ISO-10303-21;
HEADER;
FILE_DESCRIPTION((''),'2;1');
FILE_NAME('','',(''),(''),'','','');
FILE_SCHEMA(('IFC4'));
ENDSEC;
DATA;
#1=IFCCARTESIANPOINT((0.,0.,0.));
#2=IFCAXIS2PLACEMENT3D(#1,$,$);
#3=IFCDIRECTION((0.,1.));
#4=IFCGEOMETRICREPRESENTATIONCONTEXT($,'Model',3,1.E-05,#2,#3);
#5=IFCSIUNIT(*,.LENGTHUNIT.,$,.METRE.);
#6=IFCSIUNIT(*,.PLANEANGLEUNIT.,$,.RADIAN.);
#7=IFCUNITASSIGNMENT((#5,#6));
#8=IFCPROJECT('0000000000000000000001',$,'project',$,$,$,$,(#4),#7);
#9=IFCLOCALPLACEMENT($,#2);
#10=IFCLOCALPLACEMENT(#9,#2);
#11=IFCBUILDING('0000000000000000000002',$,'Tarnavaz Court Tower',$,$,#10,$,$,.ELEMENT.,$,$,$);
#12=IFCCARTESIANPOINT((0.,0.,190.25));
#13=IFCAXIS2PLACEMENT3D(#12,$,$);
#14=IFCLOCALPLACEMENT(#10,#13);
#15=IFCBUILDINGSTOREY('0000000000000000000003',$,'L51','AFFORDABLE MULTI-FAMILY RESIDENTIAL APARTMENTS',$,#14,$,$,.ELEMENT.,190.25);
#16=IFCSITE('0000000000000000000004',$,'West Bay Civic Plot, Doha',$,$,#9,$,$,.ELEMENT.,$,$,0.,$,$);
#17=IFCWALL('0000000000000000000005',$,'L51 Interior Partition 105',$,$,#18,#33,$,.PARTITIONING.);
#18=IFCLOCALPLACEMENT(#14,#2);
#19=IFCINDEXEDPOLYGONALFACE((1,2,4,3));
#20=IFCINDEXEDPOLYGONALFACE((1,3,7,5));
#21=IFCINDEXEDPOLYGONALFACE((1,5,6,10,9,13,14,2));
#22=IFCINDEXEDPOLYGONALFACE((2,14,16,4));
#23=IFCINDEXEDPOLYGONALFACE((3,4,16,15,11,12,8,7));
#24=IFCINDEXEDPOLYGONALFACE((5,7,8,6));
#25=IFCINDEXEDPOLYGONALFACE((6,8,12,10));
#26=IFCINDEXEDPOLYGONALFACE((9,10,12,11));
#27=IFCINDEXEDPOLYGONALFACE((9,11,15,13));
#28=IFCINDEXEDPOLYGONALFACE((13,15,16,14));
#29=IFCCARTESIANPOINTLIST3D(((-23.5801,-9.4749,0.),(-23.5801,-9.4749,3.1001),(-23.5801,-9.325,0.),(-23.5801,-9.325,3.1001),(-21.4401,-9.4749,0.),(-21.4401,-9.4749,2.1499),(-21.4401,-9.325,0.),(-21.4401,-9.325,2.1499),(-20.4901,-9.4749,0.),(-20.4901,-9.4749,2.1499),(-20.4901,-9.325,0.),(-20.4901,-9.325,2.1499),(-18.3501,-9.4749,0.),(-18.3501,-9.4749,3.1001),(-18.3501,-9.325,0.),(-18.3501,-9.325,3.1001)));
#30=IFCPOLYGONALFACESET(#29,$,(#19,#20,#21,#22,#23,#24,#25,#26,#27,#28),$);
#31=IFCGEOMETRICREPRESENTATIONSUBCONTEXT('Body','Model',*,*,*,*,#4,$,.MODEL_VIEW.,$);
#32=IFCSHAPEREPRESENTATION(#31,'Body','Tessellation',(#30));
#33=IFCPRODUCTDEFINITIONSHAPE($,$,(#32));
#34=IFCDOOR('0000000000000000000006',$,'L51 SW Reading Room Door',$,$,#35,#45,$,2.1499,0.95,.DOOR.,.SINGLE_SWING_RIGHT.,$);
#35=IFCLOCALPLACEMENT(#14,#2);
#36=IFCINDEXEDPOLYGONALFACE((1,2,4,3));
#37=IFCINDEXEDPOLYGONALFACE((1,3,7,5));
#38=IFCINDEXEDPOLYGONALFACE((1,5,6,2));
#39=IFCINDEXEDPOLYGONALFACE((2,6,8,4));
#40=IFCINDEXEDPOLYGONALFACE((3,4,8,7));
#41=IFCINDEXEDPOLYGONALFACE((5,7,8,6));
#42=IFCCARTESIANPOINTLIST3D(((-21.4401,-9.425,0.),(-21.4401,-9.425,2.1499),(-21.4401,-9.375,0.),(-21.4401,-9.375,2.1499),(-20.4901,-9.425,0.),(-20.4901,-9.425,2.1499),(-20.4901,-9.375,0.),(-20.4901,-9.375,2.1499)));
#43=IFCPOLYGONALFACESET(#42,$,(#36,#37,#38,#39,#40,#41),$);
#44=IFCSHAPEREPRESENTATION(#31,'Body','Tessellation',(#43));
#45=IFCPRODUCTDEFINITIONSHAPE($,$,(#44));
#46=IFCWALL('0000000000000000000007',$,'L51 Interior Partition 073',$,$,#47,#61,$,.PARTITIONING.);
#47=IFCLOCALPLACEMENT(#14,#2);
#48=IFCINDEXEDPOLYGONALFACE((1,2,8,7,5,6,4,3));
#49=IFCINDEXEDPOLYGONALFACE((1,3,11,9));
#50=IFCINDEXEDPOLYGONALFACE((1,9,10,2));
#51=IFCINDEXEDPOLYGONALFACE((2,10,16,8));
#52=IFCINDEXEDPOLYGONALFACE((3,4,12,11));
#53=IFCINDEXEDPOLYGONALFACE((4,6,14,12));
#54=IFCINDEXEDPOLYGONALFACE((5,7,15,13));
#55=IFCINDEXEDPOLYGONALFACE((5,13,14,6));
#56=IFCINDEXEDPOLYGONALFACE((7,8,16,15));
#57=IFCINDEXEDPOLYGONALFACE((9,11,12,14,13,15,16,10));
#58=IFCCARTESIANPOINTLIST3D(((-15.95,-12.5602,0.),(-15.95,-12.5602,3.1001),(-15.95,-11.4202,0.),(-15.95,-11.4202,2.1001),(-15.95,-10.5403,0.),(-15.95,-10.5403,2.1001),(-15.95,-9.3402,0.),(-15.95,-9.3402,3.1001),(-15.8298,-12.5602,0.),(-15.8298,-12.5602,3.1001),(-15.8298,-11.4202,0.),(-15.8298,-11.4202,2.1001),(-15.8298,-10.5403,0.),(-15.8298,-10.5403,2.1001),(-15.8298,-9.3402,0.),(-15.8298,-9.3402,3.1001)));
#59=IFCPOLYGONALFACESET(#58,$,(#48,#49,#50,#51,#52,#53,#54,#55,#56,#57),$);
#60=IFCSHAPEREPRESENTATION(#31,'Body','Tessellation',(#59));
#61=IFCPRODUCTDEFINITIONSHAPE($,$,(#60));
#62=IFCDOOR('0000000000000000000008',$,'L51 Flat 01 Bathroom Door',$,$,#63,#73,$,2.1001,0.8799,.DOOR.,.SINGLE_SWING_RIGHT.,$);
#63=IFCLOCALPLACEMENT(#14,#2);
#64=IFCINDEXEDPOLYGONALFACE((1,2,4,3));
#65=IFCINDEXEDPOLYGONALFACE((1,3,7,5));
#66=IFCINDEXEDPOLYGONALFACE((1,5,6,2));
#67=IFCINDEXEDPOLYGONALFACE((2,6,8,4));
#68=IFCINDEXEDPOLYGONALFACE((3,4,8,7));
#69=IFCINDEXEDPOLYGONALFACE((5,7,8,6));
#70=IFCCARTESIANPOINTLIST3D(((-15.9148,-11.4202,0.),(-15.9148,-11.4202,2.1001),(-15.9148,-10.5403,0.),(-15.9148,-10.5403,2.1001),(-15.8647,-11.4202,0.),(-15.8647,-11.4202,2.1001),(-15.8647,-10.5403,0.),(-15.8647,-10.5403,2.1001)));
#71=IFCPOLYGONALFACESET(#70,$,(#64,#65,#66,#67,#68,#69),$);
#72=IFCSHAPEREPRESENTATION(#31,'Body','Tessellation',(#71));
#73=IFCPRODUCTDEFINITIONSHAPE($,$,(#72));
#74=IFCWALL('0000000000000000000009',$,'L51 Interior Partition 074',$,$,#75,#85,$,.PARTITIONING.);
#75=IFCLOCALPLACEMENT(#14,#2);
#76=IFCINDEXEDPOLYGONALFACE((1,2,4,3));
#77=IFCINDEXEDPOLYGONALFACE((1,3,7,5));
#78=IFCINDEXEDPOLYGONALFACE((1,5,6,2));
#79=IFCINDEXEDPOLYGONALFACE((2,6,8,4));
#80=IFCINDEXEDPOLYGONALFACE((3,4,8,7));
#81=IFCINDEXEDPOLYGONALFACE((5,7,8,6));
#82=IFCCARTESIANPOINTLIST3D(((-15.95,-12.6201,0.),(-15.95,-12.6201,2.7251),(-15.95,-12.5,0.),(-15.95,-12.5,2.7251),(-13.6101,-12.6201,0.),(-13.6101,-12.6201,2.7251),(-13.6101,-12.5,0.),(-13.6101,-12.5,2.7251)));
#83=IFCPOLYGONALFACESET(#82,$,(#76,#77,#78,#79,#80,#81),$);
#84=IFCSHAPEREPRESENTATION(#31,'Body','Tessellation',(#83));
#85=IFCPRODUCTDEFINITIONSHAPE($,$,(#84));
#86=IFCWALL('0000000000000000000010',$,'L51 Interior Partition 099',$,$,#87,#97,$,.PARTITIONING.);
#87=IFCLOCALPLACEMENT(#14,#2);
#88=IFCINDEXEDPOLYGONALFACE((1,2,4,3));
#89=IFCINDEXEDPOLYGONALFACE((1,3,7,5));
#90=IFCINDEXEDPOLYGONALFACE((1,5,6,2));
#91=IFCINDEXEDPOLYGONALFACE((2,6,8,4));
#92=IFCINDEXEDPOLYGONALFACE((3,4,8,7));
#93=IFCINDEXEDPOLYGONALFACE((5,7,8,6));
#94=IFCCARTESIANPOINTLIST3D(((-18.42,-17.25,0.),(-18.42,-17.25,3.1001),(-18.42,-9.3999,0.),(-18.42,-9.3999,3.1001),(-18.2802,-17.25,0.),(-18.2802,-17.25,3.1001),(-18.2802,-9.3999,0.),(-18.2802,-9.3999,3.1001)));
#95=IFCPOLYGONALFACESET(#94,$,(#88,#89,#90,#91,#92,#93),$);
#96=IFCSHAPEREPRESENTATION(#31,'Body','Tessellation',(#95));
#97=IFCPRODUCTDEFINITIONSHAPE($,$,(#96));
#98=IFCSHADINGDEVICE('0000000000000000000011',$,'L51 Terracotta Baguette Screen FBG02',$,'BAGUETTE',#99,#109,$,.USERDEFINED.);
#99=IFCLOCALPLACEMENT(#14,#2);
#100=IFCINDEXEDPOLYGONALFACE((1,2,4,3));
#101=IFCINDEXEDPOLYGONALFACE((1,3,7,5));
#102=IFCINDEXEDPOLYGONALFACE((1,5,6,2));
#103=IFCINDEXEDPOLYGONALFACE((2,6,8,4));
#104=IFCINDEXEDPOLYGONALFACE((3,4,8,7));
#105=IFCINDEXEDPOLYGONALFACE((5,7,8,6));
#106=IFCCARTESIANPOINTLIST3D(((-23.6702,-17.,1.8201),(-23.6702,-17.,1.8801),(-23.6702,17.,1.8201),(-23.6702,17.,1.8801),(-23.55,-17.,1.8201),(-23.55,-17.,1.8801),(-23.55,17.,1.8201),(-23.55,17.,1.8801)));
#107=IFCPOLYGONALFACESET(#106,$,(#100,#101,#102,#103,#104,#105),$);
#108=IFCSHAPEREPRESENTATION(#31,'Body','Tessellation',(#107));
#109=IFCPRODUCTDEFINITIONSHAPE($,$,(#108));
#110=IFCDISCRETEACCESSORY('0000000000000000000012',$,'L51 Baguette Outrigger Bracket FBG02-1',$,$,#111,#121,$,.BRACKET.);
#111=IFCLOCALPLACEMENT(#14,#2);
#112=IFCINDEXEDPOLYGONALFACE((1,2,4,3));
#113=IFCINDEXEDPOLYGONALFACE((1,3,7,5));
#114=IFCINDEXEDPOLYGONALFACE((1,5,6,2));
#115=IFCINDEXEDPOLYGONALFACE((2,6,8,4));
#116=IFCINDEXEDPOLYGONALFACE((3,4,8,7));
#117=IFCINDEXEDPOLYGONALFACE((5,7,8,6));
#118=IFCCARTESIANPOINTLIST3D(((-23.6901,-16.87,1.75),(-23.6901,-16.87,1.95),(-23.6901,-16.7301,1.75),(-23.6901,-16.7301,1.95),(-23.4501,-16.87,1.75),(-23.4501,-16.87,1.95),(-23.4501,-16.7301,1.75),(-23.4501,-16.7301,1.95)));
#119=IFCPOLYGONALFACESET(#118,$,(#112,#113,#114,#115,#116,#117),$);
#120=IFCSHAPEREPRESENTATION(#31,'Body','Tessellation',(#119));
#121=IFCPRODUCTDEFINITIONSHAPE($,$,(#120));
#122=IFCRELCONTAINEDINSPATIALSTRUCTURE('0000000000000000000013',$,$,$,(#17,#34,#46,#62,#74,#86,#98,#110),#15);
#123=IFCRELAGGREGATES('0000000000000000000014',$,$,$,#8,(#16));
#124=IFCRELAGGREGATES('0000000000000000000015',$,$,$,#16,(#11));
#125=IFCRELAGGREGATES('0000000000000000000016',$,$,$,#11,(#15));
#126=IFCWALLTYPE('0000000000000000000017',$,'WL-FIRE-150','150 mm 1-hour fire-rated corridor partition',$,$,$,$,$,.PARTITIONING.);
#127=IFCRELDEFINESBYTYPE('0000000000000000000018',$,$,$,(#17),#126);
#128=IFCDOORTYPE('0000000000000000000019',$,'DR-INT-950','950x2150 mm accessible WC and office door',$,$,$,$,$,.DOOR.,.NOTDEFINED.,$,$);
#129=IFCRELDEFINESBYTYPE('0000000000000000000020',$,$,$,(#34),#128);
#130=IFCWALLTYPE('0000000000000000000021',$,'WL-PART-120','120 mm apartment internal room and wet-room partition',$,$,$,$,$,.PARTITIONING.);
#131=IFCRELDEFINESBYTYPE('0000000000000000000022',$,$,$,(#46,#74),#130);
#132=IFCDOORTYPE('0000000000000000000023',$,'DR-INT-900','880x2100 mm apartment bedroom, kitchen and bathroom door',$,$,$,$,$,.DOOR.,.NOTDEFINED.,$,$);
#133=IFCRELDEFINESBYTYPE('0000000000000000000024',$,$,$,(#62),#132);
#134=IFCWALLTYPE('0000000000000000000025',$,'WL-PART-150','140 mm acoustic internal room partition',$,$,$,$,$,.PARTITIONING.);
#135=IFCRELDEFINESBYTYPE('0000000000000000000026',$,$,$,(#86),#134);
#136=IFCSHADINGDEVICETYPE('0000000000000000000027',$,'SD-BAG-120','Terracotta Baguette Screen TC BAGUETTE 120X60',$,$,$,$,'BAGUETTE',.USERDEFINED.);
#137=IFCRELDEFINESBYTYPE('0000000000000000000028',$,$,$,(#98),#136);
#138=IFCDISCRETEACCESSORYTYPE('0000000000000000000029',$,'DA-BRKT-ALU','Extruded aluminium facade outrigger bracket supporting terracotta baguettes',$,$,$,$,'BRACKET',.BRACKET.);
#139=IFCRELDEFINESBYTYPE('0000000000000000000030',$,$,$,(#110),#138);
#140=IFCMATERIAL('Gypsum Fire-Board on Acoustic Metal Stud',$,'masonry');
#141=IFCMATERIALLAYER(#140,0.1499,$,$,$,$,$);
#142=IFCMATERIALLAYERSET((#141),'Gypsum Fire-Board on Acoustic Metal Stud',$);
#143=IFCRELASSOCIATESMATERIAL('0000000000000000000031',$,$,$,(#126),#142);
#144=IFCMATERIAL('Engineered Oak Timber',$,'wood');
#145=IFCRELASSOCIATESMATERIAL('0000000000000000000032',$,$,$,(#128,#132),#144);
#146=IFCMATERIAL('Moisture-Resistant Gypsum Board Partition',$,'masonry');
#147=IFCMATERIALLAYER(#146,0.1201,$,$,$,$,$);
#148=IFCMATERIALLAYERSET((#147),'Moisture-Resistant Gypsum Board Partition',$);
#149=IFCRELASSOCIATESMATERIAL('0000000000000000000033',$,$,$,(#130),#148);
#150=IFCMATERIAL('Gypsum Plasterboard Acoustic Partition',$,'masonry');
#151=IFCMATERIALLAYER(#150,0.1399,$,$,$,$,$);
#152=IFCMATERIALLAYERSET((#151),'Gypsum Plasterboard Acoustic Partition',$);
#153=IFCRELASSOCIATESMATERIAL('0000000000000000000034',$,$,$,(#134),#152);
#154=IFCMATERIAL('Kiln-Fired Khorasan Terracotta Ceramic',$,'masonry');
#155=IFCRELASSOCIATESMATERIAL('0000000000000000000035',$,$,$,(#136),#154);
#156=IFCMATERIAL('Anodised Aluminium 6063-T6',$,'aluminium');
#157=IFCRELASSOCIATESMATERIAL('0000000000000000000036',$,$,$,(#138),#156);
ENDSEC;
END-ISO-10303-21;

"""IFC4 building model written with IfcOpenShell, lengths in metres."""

from ifc_helpers import new_model, si_unit, direction, frame, frame_2d, origin, origin_2d, place, context, subcontext, project, spatial, rectangle, extrude, material, layer, layer_set, material_profile, profile_set, type_object, element, fill, save


model = new_model("IFC4")

# Units and contexts
model_context = context("Model", 3, precision=1e-05, world=origin(), true_north=direction((0.0, 1.0)))
body_context = subcontext(model_context, "Body", "Model", "MODEL_VIEW")
ifc_project = project(units=[si_unit("LENGTHUNIT", "METRE"), si_unit("PLANEANGLEUNIT", "RADIAN")], contexts=[model_context])

# Site, building, storey
site_placement = place(None, origin())
site = spatial("IfcSite", under=ifc_project, at=site_placement, Name="West Bay Civic Plot, Doha", CompositionType="ELEMENT", RefElevation=0.0)
building_placement = place(site_placement, origin())
building = spatial("IfcBuilding", under=site, at=building_placement, Name="Tarnavaz Court Tower", CompositionType="ELEMENT")
storey_placement = place(building_placement, frame((0.0, 0.0, 190.25)))
storey = spatial("IfcBuildingStorey", under=building, at=storey_placement, Name="L51", Description="AFFORDABLE MULTI-FAMILY RESIDENTIAL APARTMENTS", CompositionType="ELEMENT", Elevation=190.25)

# Shared definitions
ifc_material_1 = material(Name="Gypsum Fire-Board on Acoustic Metal Stud", Category="masonry")
ifc_layer_1 = layer(ifc_material_1, 0.1499)
ifc_layer_set_1 = layer_set([ifc_layer_1], Name="Gypsum Fire-Board on Acoustic Metal Stud")
wall_type_1 = type_object("IfcWallType", Name="WL-FIRE-150", Description="150 mm 1-hour fire-rated corridor partition", PredefinedType="PARTITIONING", material=ifc_layer_set_1)

# Walls, openings, doors
wall_1_placement = place(storey_placement, frame((-23.5801, -9.3999, 0.0), z_axis=(0.0, 0.0, 1.0), x_axis=(1.0, 0.0, 0.0)))
wall_1 = element("IfcWall", 1, at=wall_1_placement, inside=storey, type_object=wall_type_1, Name="L51 Interior Partition 105", PredefinedType="PARTITIONING", context=body_context, shape_type="SweptSolid", body=[
    extrude(rectangle(XDim=5.23, YDim=0.1499, at=frame_2d((2.615, 0.0))), origin(), (0.0, 0.0, 1.0), 3.1001),
])
opening_1_placement = place(wall_1_placement, frame((2.1399, 0.0, 0.0)))
opening_1 = element("IfcOpeningElement", 2, at=opening_1_placement, cuts=wall_1, PredefinedType="OPENING", context=body_context, shape_type="SweptSolid", body=[
    extrude(rectangle(XDim=0.95, YDim=2.1499, at=frame_2d((0.4751, 1.075))), frame((0.0, 0.085, 0.0), z_axis=(0.0, -1.0, 0.0), x_axis=(1.0, 0.0, 0.0)), (0.0, 0.0, 1.0), 0.1699),
])
ifc_material_2 = material(Name="Engineered Oak Timber", Category="wood")
door_type_1 = type_object("IfcDoorType", Name="DR-INT-950", Description="950x2150 mm accessible WC and office door", OperationType="NOTDEFINED", PredefinedType="DOOR", material=ifc_material_2)
door_1_placement = place(opening_1_placement, origin())
door_1 = element("IfcDoor", 3, at=door_1_placement, inside=storey, type_object=door_type_1, Name="L51 SW Reading Room Door", OperationType="SINGLE_SWING_RIGHT", OverallHeight=2.1499, OverallWidth=0.95, PredefinedType="DOOR", context=body_context, shape_type="SweptSolid", body=[
    extrude(rectangle(XDim=0.95, YDim=2.1499, at=frame_2d((0.4751, 1.075))), frame((0.0, 0.0249, 0.0), z_axis=(0.0, -1.0, 0.0), x_axis=(1.0, 0.0, 0.0)), (0.0, 0.0, 1.0), 0.05),
])
fill(opening_1, door_1)
ifc_material_3 = material(Name="Moisture-Resistant Gypsum Board Partition", Category="masonry")
ifc_layer_2 = layer(ifc_material_3, 0.1201)
ifc_layer_set_2 = layer_set([ifc_layer_2], Name="Moisture-Resistant Gypsum Board Partition")
wall_type_2 = type_object("IfcWallType", Name="WL-PART-120", Description="120 mm apartment internal room and wet-room partition", PredefinedType="PARTITIONING", material=ifc_layer_set_2)
wall_2_placement = place(storey_placement, frame((-15.8899, -12.5601, 0.0), z_axis=(0.0, 0.0, 1.0), x_axis=(0.0, 1.0, 0.0)))
wall_2 = element("IfcWall", 4, at=wall_2_placement, inside=storey, type_object=wall_type_2, Name="L51 Interior Partition 073", PredefinedType="PARTITIONING", context=body_context, shape_type="SweptSolid", body=[
    extrude(rectangle(XDim=3.22, YDim=0.1201, at=frame_2d((1.6099, 0.0))), origin(), (0.0, 0.0, 1.0), 3.1001),
])
opening_2_placement = place(wall_2_placement, frame((1.1399, 0.0, 0.0)))
opening_2 = element("IfcOpeningElement", 5, at=opening_2_placement, cuts=wall_2, PredefinedType="OPENING", context=body_context, shape_type="SweptSolid", body=[
    extrude(rectangle(XDim=0.8799, YDim=2.1001, at=frame_2d((0.4399, 1.05))), frame((0.0, 0.0701, 0.0), z_axis=(0.0, -1.0, 0.0), x_axis=(1.0, 0.0, 0.0)), (0.0, 0.0, 1.0), 0.1401),
])
door_type_2 = type_object("IfcDoorType", Name="DR-INT-900", Description="880x2100 mm apartment bedroom, kitchen and bathroom door", OperationType="NOTDEFINED", PredefinedType="DOOR", material=ifc_material_2)
door_2_placement = place(opening_2_placement, origin())
door_2 = element("IfcDoor", 6, at=door_2_placement, inside=storey, type_object=door_type_2, Name="L51 Flat 01 Bathroom Door", OperationType="SINGLE_SWING_RIGHT", OverallHeight=2.1001, OverallWidth=0.8799, PredefinedType="DOOR", context=body_context, shape_type="SweptSolid", body=[
    extrude(rectangle(XDim=0.8799, YDim=2.1001, at=frame_2d((0.4399, 1.05))), frame((0.0, 0.0249, 0.0), z_axis=(0.0, -1.0, 0.0), x_axis=(1.0, 0.0, 0.0)), (0.0, 0.0, 1.0), 0.05),
])
fill(opening_2, door_2)

# Walls
wall_3_placement = place(storey_placement, frame((-15.95, -12.5601, 0.0), z_axis=(0.0, 0.0, 1.0), x_axis=(1.0, 0.0, 0.0)))
element("IfcWall", 7, at=wall_3_placement, inside=storey, type_object=wall_type_2, Name="L51 Interior Partition 074", PredefinedType="PARTITIONING", context=body_context, shape_type="SweptSolid", body=[
    extrude(rectangle(XDim=2.3398, YDim=0.1201, at=frame_2d((1.1699, 0.0))), origin(), (0.0, 0.0, 1.0), 2.7251),
])
ifc_material_4 = material(Name="Gypsum Plasterboard Acoustic Partition", Category="masonry")
ifc_layer_3 = layer(ifc_material_4, 0.1399)
ifc_layer_set_3 = layer_set([ifc_layer_3], Name="Gypsum Plasterboard Acoustic Partition")
wall_type_3 = type_object("IfcWallType", Name="WL-PART-150", Description="140 mm acoustic internal room partition", PredefinedType="PARTITIONING", material=ifc_layer_set_3)
wall_4_placement = place(storey_placement, frame((-18.3501, -17.25, 0.0), z_axis=(0.0, 0.0, 1.0), x_axis=(0.0, 1.0, 0.0)))
element("IfcWall", 8, at=wall_4_placement, inside=storey, type_object=wall_type_3, Name="L51 Interior Partition 099", PredefinedType="PARTITIONING", context=body_context, shape_type="SweptSolid", body=[
    extrude(rectangle(XDim=7.8501, YDim=0.1399, at=frame_2d((3.925, 0.0))), origin(), (0.0, 0.0, 1.0), 3.1001),
])

# Shading device
ifc_material_5 = material(Name="Kiln-Fired Khorasan Terracotta Ceramic", Category="masonry")
ifc_material_profile_1 = material_profile(ifc_material_5, rectangle(XDim=0.1201, YDim=0.0601, at=origin_2d()), Name="TC BAGUETTE 120X60")
ifc_profile_set_1 = profile_set([ifc_material_profile_1], Name="Kiln-Fired Khorasan Terracotta Ceramic")
shading_device_type = type_object("IfcShadingDeviceType", Name="SD-BAG-120", Description="Terracotta Baguette Screen TC BAGUETTE 120X60", ElementType="BAGUETTE", PredefinedType="USERDEFINED", material=ifc_profile_set_1)
shading_device_placement = place(storey_placement, frame((-23.6101, -17.0, 1.8501), z_axis=(0.0, 1.0, 0.0), x_axis=(-1.0, 0.0, 0.0)))
element("IfcShadingDevice", 9, at=shading_device_placement, inside=storey, type_object=shading_device_type, Name="L51 Terracotta Baguette Screen FBG02", ObjectType="BAGUETTE", PredefinedType="USERDEFINED", context=body_context, shape_type="SweptSolid", body=[
    extrude(rectangle(XDim=0.1201, YDim=0.0601, at=origin_2d()), origin(), (0.0, 0.0, 1.0), 34.0),
])

# Discrete accessory
ifc_material_6 = material(Name="Anodised Aluminium 6063-T6", Category="aluminium")
discrete_accessory_type = type_object("IfcDiscreteAccessoryType", Name="DA-BRKT-ALU", Description="Extruded aluminium facade outrigger bracket supporting terracotta baguettes", ElementType="BRACKET", PredefinedType="BRACKET", material=ifc_material_6)
discrete_accessory_placement = place(storey_placement, frame((-23.5701, -16.8, 1.75), z_axis=(0.0, 0.0, 1.0), x_axis=(0.0, 1.0, 0.0)))
element("IfcDiscreteAccessory", 10, at=discrete_accessory_placement, inside=storey, type_object=discrete_accessory_type, Name="L51 Baguette Outrigger Bracket FBG02-1", PredefinedType="BRACKET", context=body_context, shape_type="SweptSolid", body=[
    extrude(rectangle(XDim=0.1399, YDim=0.24, at=origin_2d()), origin(), (0.0, 0.0, 1.0), 0.2),
])

save(model, "model.ifc")
